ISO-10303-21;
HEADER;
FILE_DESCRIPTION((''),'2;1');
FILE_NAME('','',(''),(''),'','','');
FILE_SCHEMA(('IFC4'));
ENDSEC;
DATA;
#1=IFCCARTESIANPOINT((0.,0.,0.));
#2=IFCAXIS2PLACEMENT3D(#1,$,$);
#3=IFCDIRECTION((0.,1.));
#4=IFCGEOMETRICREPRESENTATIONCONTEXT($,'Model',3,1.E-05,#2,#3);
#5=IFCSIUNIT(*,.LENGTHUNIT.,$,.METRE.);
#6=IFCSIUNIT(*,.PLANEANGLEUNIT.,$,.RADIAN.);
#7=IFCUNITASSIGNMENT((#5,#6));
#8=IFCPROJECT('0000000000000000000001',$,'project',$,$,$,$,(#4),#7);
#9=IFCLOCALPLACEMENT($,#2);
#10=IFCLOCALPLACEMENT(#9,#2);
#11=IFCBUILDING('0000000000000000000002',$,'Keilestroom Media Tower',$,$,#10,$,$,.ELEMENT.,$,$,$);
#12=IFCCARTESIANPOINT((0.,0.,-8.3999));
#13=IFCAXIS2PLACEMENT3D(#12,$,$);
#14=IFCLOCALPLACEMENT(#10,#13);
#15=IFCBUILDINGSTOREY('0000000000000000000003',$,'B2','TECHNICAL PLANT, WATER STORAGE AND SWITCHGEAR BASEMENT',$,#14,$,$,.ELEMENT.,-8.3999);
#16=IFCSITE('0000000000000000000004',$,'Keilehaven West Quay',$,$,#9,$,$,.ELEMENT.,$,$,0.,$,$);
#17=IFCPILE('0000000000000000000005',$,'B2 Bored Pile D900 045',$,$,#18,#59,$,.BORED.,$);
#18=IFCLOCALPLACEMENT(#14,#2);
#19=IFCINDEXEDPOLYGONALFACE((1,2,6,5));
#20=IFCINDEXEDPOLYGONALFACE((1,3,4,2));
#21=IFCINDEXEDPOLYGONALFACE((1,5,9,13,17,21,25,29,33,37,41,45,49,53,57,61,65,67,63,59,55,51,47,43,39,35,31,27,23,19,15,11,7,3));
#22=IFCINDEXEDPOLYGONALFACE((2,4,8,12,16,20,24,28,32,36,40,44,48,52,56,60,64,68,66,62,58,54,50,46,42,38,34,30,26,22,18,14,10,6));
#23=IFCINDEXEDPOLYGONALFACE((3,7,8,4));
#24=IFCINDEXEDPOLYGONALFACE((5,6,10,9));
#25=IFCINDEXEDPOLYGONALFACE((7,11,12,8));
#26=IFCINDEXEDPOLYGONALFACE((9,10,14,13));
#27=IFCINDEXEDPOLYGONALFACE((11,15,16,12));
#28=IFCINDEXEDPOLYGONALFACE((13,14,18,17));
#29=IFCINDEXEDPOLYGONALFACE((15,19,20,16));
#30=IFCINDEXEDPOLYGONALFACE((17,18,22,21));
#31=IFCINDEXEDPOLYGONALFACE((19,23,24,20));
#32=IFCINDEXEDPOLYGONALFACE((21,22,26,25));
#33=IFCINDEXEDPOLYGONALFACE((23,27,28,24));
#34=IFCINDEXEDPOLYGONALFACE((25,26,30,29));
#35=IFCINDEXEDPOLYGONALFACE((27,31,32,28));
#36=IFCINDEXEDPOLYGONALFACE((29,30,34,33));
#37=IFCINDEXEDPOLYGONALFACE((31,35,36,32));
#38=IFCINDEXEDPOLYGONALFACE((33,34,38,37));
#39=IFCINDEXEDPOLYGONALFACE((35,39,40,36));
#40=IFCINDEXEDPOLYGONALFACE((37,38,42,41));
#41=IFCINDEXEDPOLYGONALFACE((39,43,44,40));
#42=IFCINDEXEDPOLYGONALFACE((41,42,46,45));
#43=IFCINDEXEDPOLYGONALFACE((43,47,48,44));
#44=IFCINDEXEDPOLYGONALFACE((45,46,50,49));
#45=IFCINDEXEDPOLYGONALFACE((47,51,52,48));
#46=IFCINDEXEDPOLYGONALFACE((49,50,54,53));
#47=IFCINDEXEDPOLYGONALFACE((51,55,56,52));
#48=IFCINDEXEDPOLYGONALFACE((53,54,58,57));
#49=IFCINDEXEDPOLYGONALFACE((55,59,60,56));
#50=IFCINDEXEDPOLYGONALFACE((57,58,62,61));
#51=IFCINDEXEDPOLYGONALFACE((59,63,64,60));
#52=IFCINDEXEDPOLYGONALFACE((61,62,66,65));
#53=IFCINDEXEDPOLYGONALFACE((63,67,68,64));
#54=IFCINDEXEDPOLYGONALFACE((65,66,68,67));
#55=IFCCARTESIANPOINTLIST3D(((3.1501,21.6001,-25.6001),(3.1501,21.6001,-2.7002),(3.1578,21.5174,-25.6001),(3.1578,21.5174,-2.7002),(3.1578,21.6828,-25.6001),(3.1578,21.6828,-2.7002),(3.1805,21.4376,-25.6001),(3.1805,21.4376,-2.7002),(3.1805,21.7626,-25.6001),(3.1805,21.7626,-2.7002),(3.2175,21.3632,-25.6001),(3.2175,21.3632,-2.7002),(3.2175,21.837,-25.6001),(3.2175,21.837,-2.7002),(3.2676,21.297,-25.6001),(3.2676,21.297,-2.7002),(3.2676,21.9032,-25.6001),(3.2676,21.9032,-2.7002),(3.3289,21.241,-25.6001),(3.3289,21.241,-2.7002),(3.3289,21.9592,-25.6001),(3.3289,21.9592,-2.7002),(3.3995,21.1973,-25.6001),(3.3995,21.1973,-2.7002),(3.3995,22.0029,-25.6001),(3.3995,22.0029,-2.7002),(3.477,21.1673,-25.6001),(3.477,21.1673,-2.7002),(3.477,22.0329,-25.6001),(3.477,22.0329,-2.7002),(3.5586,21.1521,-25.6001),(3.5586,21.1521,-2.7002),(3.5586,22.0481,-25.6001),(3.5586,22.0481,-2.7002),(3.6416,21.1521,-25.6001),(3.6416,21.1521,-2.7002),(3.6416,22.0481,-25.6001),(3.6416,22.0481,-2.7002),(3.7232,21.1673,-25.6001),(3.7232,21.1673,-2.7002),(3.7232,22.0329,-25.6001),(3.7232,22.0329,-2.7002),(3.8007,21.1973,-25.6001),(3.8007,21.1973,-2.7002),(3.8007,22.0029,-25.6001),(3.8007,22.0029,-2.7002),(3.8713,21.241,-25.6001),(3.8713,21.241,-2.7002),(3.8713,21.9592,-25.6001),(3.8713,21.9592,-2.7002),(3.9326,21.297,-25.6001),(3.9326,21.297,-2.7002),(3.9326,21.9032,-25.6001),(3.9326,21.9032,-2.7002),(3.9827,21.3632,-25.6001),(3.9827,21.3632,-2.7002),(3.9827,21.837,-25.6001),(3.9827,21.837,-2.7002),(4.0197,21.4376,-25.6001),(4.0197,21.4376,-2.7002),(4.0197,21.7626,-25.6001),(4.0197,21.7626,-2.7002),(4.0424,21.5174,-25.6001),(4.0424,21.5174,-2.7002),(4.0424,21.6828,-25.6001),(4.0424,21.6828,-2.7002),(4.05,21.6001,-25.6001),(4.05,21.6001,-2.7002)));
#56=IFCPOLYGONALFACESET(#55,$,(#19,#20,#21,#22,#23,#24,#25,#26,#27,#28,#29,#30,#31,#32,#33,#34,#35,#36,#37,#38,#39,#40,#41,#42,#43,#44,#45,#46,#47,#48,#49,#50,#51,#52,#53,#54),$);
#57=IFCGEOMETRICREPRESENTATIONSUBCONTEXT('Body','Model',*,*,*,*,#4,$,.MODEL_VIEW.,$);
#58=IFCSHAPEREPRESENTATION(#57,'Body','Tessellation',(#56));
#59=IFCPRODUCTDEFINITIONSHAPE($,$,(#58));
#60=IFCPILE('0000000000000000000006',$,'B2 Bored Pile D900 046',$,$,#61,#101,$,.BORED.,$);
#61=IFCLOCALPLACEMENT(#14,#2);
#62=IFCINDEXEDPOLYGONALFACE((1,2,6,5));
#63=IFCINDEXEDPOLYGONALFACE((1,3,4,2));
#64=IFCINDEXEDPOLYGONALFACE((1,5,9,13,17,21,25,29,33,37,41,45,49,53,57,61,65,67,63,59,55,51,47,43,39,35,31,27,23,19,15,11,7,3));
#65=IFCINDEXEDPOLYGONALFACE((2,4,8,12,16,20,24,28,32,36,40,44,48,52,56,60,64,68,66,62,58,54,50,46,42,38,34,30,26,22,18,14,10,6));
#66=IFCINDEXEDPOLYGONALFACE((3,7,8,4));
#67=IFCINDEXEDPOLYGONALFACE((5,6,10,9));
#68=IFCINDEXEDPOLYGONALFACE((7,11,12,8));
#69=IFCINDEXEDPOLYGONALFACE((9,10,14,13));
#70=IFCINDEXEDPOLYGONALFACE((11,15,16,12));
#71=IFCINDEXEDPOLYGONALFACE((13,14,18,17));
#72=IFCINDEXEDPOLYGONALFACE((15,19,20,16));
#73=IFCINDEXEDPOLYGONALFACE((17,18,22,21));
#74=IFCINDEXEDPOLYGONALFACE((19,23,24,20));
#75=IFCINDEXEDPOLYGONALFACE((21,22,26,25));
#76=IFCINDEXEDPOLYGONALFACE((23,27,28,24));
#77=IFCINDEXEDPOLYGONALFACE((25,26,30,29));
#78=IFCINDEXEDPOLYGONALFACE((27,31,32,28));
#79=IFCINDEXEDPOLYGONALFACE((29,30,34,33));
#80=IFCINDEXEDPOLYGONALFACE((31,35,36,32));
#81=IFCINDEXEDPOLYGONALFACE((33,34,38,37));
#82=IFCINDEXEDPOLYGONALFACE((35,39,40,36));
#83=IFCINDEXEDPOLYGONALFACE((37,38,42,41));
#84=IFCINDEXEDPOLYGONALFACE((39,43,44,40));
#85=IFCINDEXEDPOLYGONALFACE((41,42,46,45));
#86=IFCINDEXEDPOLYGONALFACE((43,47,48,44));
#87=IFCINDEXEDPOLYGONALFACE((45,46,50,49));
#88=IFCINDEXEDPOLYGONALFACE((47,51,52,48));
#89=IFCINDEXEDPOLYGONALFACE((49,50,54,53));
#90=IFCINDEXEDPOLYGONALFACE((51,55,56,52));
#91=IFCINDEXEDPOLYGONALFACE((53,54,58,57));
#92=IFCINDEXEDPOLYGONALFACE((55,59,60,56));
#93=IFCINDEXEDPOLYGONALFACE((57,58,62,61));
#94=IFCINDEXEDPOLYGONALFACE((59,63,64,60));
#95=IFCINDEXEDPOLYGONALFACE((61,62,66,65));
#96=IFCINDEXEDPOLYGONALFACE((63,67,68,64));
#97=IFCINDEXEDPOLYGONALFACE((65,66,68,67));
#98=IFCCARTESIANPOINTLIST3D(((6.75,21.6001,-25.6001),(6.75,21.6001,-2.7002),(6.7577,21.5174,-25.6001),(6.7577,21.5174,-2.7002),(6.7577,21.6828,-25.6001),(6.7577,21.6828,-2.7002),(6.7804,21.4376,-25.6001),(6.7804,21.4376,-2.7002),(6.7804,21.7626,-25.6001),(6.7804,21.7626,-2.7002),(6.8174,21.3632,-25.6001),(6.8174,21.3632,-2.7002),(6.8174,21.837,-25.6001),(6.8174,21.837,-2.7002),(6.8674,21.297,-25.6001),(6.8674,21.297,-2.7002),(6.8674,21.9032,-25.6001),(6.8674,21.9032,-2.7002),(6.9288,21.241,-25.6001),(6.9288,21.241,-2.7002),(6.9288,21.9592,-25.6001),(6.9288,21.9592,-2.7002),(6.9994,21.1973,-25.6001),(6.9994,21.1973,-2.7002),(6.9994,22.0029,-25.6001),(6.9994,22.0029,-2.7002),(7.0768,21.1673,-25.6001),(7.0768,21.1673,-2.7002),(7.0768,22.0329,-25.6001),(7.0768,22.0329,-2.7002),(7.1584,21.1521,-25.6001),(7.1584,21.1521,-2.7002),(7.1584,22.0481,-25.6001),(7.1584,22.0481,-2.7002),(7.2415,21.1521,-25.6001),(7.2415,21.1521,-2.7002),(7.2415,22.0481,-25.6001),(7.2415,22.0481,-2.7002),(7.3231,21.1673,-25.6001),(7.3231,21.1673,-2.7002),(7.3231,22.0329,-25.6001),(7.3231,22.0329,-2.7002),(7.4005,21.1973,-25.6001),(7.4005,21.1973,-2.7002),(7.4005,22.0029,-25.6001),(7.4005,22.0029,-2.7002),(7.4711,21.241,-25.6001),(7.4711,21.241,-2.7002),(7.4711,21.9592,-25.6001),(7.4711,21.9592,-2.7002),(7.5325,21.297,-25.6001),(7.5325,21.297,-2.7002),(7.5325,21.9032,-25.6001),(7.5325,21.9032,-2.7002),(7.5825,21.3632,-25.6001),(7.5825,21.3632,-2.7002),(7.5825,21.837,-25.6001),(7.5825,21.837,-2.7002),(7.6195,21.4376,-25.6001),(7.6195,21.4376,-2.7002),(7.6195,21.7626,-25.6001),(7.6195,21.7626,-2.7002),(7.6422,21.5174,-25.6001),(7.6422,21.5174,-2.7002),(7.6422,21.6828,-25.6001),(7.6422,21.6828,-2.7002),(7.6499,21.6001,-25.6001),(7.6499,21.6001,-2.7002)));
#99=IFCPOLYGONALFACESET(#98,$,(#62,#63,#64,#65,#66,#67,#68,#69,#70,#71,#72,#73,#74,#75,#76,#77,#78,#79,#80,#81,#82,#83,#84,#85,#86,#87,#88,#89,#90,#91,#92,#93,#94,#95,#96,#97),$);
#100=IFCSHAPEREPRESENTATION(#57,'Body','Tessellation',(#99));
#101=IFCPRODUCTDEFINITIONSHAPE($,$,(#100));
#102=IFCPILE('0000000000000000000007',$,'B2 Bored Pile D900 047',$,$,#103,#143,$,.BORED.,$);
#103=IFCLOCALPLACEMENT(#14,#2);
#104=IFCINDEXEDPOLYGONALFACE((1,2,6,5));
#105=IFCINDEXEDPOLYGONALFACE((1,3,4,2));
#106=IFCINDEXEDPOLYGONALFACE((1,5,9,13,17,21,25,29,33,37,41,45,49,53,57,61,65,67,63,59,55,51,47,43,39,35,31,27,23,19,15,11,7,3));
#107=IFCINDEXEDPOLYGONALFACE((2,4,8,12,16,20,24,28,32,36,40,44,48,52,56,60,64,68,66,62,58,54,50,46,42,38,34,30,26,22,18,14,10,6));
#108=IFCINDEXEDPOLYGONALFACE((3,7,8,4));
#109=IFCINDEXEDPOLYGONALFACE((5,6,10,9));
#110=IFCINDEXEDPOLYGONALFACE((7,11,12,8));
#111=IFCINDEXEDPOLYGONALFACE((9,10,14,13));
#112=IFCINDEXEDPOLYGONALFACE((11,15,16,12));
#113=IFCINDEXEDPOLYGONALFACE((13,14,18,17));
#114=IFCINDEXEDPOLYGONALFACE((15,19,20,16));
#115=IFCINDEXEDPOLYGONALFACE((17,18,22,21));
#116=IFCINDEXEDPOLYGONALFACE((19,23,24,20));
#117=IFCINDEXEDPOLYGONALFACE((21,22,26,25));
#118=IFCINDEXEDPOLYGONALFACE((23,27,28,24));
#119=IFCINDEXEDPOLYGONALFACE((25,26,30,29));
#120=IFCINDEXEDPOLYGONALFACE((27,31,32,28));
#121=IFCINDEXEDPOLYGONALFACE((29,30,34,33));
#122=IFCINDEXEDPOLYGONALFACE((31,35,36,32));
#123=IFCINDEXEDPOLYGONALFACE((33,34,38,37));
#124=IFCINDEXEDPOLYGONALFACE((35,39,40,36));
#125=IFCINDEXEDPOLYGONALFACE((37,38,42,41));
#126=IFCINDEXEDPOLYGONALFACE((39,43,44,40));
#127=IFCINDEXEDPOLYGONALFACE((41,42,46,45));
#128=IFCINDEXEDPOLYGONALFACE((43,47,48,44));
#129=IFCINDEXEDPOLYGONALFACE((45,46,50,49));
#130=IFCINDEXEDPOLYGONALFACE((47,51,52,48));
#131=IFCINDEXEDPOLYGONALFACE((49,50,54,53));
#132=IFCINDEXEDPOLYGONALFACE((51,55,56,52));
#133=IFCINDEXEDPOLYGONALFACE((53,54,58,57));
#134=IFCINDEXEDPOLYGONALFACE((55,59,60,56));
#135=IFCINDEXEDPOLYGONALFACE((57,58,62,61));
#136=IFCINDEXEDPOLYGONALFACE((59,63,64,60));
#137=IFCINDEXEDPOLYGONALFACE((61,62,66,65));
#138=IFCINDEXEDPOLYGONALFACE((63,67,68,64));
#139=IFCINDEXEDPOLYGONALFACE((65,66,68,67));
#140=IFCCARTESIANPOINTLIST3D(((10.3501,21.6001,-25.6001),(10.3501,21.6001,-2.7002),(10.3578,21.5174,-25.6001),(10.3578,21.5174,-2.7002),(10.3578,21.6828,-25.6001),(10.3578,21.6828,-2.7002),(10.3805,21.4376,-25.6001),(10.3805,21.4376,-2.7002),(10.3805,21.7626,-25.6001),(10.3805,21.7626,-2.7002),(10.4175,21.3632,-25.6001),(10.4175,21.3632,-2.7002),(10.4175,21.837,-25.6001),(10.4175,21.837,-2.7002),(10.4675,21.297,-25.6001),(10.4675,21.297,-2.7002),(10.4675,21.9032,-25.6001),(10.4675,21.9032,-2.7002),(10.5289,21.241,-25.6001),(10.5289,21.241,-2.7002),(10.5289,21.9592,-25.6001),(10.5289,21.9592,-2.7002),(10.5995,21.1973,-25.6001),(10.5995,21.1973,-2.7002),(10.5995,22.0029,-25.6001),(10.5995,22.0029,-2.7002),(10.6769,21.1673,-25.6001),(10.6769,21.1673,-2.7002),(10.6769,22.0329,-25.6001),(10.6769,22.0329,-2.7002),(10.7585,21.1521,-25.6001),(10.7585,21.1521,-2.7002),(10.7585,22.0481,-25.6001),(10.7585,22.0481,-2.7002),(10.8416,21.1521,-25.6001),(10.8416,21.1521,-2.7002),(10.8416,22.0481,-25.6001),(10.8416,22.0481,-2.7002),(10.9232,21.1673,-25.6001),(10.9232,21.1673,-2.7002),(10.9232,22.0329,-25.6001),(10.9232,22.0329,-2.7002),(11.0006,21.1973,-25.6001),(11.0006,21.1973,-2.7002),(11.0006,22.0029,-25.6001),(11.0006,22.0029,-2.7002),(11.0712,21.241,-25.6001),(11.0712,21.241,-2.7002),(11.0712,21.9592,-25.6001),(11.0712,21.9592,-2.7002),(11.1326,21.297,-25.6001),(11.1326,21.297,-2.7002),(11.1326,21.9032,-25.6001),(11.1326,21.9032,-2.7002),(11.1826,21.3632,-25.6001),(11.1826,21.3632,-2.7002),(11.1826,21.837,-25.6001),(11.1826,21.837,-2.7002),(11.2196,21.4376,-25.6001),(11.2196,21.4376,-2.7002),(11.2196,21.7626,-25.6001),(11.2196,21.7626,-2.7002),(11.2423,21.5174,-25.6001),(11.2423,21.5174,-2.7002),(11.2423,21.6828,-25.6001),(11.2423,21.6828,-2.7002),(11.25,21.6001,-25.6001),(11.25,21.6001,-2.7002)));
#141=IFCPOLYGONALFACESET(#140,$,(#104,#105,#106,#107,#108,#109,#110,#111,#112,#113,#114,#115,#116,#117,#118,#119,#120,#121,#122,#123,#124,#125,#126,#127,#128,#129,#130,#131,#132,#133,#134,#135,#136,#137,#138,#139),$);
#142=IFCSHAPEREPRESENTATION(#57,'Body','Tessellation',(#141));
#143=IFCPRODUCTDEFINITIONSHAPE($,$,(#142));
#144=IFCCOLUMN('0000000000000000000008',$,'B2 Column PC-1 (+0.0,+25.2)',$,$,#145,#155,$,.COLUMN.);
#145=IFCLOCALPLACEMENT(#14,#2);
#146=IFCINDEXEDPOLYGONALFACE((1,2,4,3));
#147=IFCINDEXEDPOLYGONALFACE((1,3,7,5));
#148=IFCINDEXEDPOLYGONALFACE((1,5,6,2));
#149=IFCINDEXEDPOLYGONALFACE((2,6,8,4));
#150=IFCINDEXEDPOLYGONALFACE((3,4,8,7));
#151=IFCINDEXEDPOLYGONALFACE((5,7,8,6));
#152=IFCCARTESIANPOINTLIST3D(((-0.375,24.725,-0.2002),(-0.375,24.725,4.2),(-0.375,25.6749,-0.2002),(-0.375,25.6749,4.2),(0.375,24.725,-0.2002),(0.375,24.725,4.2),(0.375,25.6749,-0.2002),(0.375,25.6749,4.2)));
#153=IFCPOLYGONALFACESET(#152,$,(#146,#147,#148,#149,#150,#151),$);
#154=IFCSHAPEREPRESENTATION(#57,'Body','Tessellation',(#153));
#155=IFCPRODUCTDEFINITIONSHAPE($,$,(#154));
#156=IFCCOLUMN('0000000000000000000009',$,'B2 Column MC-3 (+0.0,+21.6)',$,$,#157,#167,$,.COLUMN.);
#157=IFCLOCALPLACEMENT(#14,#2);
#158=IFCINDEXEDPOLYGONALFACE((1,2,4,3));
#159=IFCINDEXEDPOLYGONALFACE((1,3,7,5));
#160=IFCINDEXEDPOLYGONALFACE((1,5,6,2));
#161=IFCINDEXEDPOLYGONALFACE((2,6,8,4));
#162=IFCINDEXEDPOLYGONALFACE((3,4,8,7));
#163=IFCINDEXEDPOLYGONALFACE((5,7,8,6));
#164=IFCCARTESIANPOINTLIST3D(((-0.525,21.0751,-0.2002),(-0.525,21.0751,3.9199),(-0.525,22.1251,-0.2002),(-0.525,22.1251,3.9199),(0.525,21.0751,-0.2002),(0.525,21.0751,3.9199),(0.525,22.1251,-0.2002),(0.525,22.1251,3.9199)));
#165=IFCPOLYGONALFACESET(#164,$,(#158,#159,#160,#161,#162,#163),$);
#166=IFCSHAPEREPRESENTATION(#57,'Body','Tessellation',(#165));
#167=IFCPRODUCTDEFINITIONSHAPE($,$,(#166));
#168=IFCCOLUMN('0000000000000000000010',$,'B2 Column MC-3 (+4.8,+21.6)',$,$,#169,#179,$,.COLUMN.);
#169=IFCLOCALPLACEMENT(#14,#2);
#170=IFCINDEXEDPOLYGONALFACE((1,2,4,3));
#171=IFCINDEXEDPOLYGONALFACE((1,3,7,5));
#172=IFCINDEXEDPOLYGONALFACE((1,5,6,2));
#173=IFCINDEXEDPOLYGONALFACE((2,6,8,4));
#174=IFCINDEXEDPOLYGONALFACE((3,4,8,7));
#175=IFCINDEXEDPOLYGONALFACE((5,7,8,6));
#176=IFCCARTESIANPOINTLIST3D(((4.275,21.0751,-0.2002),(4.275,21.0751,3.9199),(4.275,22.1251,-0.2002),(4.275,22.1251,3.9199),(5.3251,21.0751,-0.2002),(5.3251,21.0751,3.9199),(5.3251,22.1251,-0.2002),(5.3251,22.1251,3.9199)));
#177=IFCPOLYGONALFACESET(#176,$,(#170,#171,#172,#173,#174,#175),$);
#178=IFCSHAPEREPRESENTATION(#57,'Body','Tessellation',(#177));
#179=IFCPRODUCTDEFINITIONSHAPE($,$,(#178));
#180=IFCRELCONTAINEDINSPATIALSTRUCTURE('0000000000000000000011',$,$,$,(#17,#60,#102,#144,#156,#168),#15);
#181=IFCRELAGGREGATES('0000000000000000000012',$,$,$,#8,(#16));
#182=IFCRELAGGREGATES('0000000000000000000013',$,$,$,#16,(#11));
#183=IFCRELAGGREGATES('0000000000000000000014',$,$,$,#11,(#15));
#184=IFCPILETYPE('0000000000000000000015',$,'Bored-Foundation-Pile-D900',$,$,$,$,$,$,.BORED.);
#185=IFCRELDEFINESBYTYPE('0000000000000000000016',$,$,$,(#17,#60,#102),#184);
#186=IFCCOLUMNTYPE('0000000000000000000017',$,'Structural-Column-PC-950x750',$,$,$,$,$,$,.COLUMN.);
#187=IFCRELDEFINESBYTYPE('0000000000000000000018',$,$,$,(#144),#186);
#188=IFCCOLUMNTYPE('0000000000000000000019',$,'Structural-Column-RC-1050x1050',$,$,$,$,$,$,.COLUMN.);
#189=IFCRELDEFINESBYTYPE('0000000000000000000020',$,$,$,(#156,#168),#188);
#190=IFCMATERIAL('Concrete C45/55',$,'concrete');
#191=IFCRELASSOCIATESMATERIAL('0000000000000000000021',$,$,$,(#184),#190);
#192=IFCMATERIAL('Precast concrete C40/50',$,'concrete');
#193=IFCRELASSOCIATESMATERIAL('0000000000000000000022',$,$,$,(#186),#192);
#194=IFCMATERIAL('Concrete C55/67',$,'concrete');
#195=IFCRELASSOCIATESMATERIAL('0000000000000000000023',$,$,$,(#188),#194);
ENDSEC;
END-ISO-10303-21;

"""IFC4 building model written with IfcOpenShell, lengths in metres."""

from ifc_helpers import new_model, si_unit, direction, frame, origin, origin_2d, place, context, subcontext, project, spatial, rectangle, circle, extrude, source, transform, mapped, material, material_profile, profile_set, type_object, element, save


model = new_model("IFC4")

# Units and contexts
model_context = context("Model", 3, precision=1e-05, world=origin(), true_north=direction((0.0, 1.0)))
body_context = subcontext(model_context, "Body", "Model", "MODEL_VIEW")
ifc_project = project(units=[si_unit("LENGTHUNIT", "METRE"), si_unit("PLANEANGLEUNIT", "RADIAN")], contexts=[model_context])

# Site, building, storey
site_placement = place(None, origin())
site = spatial("IfcSite", under=ifc_project, at=site_placement, Name="Keilehaven West Quay", CompositionType="ELEMENT", RefElevation=0.0)
building_placement = place(site_placement, origin())
building = spatial("IfcBuilding", under=site, at=building_placement, Name="Keilestroom Media Tower", CompositionType="ELEMENT")
storey_placement = place(building_placement, frame((0.0, 0.0, -8.3999)))
storey = spatial("IfcBuildingStorey", under=building, at=storey_placement, Name="B2", Description="TECHNICAL PLANT, WATER STORAGE AND SWITCHGEAR BASEMENT", CompositionType="ELEMENT", Elevation=-8.3999)

# Piles
ifc_material_1 = material(Name="Concrete C45/55", Category="concrete")
ifc_material_profile_1 = material_profile(ifc_material_1, circle(Radius=0.45, at=origin_2d()), Name="BORED PILE D900")
ifc_profile_set_1 = profile_set([ifc_material_profile_1], Name="Concrete C45/55")
pile_type_1 = type_object("IfcPileType", Name="Bored-Foundation-Pile-D900", PredefinedType="BORED", material=ifc_profile_set_1)
shared_shape_1 = source(origin(), body_context, "Body", "SweptSolid", [
    extrude(circle(Radius=0.45, at=origin_2d()), origin(), (0.0, 0.0, 1.0), 22.8999),
])
for number, where, z_axis, x_axis, name in (
    (1, (3.6001, 21.6001, -2.7002), (0.0, 0.0, -1.0), (1.0, 0.0, 0.0), "B2 Bored Pile D900 045"),
    (2, (7.2, 21.6001, -2.7002), (0.0, 0.0, -1.0), (1.0, 0.0, 0.0), "B2 Bored Pile D900 046"),
    (3, (10.8, 21.6001, -2.7002), (0.0, 0.0, -1.0), (1.0, 0.0, 0.0), "B2 Bored Pile D900 047"),
):
    element("IfcPile", number, at=place(storey_placement, frame(where, z_axis=z_axis, x_axis=x_axis)), inside=storey, type_object=pile_type_1, Name=name, PredefinedType="BORED", context=body_context, shape_type="MappedRepresentation", body=[
        mapped(shared_shape_1, transform((0.0, 0.0, 0.0), x_axis=(1.0, 0.0, 0.0), y_axis=(0.0, 1.0, 0.0), z_axis=(0.0, 0.0, 1.0), scale=1.0)),
    ])

# Columns
ifc_material_2 = material(Name="Precast concrete C40/50", Category="concrete")
ifc_material_profile_2 = material_profile(ifc_material_2, rectangle(XDim=0.75, YDim=0.95, at=origin_2d()), Name="PC 950x750")
ifc_profile_set_2 = profile_set([ifc_material_profile_2], Name="Precast concrete C40/50")
column_type_1 = type_object("IfcColumnType", Name="Structural-Column-PC-950x750", PredefinedType="COLUMN", material=ifc_profile_set_2)
shared_shape_2 = source(origin(), body_context, "Body", "SweptSolid", [
    extrude(rectangle(XDim=0.75, YDim=0.95, at=origin_2d()), origin(), (0.0, 0.0, 1.0), 4.4001),
])
column_placement = place(storey_placement, frame((0.0, 25.2, -0.2002), z_axis=(0.0, 0.0, 1.0), x_axis=(1.0, 0.0, 0.0)))
element("IfcColumn", 4, at=column_placement, inside=storey, type_object=column_type_1, Name="B2 Column PC-1 (+0.0,+25.2)", PredefinedType="COLUMN", context=body_context, shape_type="MappedRepresentation", body=[
    mapped(shared_shape_2, transform((0.0, 0.0, 0.0), x_axis=(1.0, 0.0, 0.0), y_axis=(0.0, 1.0, 0.0), z_axis=(0.0, 0.0, 1.0), scale=1.0)),
])
ifc_material_3 = material(Name="Concrete C55/67", Category="concrete")
ifc_material_profile_3 = material_profile(ifc_material_3, rectangle(XDim=1.05, YDim=1.05, at=origin_2d()), Name="RC 1050x1050")
ifc_profile_set_3 = profile_set([ifc_material_profile_3], Name="Concrete C55/67")
column_type_2 = type_object("IfcColumnType", Name="Structural-Column-RC-1050x1050", PredefinedType="COLUMN", material=ifc_profile_set_3)
shared_shape_3 = source(origin(), body_context, "Body", "SweptSolid", [
    extrude(rectangle(XDim=1.05, YDim=1.05, at=origin_2d()), origin(), (0.0, 0.0, 1.0), 4.1201),
])
for number, where, z_axis, x_axis, name in (
    (5, (0.0, 21.6001, -0.2002), (0.0, 0.0, 1.0), (1.0, 0.0, 0.0), "B2 Column MC-3 (+0.0,+21.6)"),
    (6, (4.8, 21.6001, -0.2002), (0.0, 0.0, 1.0), (1.0, 0.0, 0.0), "B2 Column MC-3 (+4.8,+21.6)"),
):
    element("IfcColumn", number, at=place(storey_placement, frame(where, z_axis=z_axis, x_axis=x_axis)), inside=storey, type_object=column_type_2, Name=name, PredefinedType="COLUMN", context=body_context, shape_type="MappedRepresentation", body=[
        mapped(shared_shape_3, transform((0.0, 0.0, 0.0), x_axis=(1.0, 0.0, 0.0), y_axis=(0.0, 1.0, 0.0), z_axis=(0.0, 0.0, 1.0), scale=1.0)),
    ])

save(model, "model.ifc")
